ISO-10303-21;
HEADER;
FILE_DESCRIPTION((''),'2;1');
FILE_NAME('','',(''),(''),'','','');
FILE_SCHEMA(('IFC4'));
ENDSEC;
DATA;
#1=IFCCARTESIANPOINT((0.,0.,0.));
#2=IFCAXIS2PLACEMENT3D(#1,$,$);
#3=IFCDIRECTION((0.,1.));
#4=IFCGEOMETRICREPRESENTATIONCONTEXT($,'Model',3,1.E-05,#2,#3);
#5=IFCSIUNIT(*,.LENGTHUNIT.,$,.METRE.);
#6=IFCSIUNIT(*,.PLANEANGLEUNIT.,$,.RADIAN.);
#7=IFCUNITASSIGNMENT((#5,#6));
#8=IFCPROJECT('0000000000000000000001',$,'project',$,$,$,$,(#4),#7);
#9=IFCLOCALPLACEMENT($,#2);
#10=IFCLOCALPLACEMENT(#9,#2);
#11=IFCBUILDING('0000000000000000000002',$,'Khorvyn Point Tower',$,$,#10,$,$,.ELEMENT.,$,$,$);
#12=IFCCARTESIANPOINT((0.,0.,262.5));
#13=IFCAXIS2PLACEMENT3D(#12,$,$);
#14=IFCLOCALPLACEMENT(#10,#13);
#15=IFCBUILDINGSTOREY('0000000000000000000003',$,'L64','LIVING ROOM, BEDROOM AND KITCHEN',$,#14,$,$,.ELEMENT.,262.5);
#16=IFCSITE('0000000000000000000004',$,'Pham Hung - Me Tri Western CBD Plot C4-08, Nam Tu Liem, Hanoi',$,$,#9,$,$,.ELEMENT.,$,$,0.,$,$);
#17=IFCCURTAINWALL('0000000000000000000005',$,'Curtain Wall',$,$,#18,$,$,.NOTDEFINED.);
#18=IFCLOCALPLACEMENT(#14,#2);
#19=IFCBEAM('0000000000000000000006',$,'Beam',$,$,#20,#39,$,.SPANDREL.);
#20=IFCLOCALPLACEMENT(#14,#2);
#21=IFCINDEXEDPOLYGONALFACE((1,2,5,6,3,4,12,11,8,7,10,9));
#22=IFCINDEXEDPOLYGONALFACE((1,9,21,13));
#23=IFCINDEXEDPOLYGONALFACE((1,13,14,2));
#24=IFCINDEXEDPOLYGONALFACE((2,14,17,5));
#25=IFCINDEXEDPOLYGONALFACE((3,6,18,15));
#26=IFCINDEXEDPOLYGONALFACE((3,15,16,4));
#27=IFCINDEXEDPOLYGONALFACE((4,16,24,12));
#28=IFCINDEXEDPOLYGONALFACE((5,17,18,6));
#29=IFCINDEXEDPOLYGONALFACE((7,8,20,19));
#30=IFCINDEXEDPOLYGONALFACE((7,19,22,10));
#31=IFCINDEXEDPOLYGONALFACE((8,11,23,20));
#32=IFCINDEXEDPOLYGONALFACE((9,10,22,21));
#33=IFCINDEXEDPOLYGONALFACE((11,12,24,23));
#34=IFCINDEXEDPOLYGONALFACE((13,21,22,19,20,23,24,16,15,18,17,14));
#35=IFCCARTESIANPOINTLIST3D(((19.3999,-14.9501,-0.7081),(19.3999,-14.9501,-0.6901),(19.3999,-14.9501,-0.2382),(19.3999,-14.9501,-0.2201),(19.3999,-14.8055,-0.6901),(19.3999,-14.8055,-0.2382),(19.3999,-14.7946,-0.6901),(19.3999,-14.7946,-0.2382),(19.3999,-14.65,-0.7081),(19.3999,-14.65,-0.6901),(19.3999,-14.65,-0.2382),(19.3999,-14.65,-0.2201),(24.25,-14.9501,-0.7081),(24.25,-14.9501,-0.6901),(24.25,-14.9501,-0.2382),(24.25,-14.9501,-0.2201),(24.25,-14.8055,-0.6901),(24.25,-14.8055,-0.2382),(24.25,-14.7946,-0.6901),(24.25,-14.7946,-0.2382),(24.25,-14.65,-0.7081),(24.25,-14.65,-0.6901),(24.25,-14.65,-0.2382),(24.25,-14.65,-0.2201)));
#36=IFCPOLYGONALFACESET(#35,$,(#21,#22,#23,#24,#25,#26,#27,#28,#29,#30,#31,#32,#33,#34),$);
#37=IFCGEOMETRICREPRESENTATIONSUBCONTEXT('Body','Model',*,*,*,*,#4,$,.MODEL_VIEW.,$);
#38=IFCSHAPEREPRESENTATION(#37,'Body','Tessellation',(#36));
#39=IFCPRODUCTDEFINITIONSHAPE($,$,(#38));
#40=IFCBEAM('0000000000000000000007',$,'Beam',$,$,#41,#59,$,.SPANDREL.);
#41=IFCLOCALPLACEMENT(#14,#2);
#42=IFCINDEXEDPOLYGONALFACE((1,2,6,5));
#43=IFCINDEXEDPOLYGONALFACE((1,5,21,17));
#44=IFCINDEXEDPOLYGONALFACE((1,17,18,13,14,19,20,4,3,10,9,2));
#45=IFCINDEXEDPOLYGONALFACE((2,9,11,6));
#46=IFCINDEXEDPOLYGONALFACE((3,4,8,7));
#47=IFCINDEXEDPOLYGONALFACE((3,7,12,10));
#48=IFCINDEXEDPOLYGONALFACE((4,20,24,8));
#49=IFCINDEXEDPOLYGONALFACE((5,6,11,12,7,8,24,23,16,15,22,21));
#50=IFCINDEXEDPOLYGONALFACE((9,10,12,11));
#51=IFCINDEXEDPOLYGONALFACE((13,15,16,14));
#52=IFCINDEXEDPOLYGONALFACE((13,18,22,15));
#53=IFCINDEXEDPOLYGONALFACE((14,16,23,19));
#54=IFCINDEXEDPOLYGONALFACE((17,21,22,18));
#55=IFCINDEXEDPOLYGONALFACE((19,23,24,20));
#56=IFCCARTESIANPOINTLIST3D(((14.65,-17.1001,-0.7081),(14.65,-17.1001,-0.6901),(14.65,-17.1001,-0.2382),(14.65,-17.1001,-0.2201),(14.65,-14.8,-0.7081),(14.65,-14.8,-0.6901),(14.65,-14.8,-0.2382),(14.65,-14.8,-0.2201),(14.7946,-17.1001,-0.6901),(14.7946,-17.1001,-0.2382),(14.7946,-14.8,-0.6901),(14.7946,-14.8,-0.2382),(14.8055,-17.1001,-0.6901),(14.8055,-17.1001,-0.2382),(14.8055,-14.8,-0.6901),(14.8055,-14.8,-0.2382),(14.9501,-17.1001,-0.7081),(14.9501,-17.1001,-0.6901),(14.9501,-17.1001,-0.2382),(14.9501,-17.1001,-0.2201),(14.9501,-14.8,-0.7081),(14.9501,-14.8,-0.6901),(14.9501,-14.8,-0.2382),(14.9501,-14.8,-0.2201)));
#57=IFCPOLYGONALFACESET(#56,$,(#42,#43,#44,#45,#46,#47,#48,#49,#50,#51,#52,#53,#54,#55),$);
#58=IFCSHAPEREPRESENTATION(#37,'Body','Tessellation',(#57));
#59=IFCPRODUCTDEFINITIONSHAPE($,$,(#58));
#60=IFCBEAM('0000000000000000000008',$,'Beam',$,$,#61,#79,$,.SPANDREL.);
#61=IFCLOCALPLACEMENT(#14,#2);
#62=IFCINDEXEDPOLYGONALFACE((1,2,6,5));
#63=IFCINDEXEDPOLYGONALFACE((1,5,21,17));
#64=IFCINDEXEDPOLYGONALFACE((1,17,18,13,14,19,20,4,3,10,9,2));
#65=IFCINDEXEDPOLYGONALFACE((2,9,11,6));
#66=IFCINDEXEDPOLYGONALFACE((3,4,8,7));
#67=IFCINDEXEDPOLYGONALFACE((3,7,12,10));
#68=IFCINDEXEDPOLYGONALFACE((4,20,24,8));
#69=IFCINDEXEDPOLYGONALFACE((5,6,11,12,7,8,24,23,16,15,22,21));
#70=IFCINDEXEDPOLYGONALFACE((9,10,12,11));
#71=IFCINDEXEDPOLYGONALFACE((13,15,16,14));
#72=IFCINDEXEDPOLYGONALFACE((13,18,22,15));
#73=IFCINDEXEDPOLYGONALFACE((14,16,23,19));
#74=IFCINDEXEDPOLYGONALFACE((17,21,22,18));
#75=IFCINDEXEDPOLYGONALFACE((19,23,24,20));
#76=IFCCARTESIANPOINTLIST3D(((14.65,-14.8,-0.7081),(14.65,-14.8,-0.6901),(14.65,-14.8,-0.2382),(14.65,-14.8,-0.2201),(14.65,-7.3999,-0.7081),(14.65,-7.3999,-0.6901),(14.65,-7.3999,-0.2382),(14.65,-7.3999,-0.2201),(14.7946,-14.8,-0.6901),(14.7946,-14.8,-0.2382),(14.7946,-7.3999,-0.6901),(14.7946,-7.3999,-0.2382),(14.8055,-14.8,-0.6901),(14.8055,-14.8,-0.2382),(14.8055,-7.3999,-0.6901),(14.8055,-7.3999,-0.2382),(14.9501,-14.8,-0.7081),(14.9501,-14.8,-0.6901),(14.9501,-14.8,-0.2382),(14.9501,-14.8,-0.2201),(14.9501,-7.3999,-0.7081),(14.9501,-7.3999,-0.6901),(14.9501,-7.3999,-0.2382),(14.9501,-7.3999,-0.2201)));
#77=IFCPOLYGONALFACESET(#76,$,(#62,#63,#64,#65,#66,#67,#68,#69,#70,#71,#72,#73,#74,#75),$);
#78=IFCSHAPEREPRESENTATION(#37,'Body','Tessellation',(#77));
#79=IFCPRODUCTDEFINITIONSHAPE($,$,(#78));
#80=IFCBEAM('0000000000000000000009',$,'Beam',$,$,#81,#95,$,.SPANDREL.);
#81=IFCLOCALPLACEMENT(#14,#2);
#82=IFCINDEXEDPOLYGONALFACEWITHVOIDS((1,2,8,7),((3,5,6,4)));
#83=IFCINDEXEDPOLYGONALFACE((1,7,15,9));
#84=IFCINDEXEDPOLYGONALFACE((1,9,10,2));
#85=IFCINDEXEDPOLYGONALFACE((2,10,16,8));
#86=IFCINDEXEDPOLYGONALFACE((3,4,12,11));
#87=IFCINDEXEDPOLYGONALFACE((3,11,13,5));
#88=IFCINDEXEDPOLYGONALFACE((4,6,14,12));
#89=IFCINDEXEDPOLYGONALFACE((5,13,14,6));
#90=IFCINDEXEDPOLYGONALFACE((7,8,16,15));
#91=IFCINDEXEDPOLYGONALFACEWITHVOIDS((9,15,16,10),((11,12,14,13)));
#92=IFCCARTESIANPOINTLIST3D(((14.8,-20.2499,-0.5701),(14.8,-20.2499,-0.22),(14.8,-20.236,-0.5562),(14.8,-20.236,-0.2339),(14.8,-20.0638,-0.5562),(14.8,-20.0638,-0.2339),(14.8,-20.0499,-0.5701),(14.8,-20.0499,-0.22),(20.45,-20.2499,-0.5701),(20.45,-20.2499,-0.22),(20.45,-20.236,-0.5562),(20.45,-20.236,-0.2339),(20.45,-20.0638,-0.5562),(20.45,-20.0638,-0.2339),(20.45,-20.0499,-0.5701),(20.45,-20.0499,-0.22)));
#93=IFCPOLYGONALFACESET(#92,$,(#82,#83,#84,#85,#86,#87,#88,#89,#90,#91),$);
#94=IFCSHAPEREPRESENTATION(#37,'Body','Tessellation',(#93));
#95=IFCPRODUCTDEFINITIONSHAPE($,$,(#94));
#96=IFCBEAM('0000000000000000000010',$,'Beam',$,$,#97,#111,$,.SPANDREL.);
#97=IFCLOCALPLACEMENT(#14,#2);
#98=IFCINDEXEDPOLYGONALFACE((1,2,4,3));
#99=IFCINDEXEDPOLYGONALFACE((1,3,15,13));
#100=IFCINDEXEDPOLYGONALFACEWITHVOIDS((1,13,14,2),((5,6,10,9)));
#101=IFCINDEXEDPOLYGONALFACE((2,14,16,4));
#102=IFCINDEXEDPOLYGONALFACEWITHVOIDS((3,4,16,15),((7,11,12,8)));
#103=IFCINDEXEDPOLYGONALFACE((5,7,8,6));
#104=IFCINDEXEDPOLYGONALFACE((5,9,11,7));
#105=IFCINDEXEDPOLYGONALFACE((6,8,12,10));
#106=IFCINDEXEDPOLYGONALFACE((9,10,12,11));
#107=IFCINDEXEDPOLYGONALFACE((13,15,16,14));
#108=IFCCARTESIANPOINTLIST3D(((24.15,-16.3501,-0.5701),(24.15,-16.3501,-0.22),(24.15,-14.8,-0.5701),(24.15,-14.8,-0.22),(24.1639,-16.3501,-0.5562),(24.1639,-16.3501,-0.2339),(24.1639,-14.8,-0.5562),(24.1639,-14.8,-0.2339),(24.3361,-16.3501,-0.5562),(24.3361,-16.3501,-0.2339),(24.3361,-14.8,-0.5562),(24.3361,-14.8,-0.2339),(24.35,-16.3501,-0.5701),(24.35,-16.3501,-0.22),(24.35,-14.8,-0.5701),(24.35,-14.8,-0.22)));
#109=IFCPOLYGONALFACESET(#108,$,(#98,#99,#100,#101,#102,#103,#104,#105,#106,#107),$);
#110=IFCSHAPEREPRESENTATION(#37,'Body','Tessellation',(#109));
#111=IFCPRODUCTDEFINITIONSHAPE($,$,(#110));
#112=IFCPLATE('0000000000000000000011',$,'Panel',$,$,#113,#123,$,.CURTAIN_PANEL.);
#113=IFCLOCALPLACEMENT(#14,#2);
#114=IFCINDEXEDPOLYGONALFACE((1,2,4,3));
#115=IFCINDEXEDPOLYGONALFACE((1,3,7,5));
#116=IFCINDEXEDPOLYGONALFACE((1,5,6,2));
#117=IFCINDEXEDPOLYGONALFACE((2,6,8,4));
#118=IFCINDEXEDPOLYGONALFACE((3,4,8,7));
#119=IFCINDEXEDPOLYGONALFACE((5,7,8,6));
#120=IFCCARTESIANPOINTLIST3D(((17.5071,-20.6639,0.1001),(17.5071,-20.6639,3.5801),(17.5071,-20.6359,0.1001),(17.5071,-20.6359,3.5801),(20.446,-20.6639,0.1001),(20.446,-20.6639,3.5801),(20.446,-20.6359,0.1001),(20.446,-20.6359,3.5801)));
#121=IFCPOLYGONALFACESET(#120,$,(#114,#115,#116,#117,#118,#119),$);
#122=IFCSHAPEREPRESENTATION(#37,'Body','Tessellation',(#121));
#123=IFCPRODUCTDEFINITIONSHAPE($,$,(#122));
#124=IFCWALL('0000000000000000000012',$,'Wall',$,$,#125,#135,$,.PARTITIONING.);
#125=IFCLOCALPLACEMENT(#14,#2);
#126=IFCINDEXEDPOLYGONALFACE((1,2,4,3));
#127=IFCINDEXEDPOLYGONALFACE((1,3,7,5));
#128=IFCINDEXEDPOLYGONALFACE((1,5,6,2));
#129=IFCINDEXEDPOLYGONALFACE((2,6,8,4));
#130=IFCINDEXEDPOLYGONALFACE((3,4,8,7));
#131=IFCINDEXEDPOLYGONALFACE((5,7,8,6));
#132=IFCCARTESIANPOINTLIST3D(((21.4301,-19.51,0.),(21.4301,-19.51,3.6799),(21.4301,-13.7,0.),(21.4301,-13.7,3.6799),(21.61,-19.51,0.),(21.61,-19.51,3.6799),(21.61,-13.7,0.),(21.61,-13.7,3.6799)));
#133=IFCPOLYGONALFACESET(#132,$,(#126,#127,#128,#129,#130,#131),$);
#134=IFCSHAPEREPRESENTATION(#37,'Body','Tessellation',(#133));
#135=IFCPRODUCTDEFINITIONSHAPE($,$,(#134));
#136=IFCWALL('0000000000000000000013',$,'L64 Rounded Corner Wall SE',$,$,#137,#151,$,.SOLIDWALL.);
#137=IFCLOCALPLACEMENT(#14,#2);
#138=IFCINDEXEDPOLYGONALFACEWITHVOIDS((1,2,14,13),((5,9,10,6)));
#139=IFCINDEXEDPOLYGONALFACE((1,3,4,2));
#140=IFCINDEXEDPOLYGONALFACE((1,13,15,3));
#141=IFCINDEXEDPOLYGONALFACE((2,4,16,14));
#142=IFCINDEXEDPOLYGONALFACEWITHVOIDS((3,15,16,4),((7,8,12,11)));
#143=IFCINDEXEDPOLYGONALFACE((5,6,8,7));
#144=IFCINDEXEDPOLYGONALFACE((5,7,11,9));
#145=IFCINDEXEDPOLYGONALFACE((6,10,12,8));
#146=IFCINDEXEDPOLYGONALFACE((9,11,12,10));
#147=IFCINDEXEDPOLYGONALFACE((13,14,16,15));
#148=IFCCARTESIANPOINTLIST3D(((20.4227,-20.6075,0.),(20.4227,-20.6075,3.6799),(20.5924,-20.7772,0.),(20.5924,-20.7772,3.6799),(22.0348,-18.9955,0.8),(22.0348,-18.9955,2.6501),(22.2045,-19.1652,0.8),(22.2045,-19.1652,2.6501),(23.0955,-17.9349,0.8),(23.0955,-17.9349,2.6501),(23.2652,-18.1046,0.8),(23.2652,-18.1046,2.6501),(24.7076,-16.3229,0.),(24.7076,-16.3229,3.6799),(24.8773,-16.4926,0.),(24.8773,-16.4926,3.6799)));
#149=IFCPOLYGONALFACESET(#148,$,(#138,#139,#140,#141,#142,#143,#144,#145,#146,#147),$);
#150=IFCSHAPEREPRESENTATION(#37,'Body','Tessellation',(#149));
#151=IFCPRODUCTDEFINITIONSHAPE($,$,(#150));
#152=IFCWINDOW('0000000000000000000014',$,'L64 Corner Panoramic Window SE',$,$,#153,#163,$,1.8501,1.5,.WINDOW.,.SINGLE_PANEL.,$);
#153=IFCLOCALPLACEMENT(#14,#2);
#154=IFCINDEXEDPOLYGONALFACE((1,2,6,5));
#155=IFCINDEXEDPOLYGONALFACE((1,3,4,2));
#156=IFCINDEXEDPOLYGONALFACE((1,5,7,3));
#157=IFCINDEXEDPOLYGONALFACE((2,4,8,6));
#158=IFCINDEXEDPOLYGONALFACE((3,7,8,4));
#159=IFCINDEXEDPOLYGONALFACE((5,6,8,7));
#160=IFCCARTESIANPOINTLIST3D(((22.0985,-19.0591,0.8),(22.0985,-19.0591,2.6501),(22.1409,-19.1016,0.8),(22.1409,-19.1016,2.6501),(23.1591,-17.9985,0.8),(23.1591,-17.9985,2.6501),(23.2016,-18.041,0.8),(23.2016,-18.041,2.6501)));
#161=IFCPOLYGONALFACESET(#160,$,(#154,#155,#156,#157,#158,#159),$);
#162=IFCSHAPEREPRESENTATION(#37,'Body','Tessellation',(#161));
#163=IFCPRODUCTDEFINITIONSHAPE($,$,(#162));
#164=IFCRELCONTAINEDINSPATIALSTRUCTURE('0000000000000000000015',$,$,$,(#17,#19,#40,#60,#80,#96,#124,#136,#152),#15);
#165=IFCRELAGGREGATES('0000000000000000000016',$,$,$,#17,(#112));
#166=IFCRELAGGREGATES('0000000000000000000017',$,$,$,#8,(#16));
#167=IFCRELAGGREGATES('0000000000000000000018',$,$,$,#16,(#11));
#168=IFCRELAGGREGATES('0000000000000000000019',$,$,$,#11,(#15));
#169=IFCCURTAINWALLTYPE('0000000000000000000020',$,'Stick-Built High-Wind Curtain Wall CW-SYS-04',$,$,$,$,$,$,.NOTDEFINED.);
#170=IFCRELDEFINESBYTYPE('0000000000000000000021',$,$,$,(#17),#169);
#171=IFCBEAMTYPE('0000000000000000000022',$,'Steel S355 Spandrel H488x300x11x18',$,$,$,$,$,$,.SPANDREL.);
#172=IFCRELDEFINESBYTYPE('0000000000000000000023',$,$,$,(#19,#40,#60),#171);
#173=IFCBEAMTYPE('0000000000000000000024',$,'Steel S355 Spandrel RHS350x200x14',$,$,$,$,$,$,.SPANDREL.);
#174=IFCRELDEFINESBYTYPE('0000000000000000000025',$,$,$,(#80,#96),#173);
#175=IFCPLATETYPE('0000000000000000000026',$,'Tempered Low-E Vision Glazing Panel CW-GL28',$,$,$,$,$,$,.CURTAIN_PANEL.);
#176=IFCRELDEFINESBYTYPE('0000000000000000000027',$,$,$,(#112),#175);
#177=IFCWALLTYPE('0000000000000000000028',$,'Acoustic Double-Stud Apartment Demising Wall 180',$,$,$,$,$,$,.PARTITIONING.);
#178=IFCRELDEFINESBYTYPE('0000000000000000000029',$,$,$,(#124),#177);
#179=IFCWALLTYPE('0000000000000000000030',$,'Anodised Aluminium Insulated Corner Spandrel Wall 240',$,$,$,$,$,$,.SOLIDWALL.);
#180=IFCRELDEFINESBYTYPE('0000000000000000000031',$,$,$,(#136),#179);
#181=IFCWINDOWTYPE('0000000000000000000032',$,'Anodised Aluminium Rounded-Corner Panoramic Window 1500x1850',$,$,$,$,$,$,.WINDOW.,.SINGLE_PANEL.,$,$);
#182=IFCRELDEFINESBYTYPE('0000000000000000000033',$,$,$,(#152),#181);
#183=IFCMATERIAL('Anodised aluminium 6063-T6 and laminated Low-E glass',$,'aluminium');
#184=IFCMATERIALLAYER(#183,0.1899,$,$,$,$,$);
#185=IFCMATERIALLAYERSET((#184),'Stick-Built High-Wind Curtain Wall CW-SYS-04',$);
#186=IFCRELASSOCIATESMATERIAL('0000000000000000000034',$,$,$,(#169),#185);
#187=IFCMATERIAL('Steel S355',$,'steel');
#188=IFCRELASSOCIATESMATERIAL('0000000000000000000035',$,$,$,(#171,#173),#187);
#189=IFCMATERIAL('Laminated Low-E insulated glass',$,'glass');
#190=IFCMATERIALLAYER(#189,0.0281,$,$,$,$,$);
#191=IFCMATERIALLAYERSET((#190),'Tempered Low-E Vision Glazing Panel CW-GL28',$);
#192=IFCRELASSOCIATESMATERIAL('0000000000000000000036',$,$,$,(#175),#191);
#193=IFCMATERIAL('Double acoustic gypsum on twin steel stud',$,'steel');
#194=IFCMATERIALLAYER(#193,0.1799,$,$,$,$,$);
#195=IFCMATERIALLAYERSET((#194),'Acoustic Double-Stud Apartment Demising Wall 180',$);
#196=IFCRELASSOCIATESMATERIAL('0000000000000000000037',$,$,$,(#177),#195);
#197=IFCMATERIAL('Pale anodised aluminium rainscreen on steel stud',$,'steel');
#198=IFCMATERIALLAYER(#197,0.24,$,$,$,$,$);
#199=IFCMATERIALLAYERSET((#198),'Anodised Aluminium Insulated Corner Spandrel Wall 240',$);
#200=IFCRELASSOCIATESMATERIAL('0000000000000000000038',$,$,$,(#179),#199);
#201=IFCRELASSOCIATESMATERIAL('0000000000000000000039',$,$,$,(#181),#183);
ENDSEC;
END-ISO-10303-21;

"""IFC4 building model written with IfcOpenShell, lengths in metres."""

from ifc_helpers import new_model, si_unit, direction, frame, frame_2d, origin, origin_2d, place, context, subcontext, project, spatial, rectangle, hollow_rectangle, i_section, extrude, material, layer, layer_set, material_profile, profile_set, type_object, element, fill, aggregate, save


model = new_model("IFC4")

# Units and contexts
model_context = context("Model", 3, precision=1e-05, world=origin(), true_north=direction((0.0, 1.0)))
body_context = subcontext(model_context, "Body", "Model", "MODEL_VIEW")
ifc_project = project(units=[si_unit("LENGTHUNIT", "METRE"), si_unit("PLANEANGLEUNIT", "RADIAN")], contexts=[model_context])

# Site, building, storey
site_placement = place(None, origin())
site = spatial("IfcSite", under=ifc_project, at=site_placement, Name="Pham Hung - Me Tri Western CBD Plot C4-08, Nam Tu Liem, Hanoi", CompositionType="ELEMENT", RefElevation=0.0)
building_placement = place(site_placement, origin())
building = spatial("IfcBuilding", under=site, at=building_placement, Name="Khorvyn Point Tower", CompositionType="ELEMENT")
storey_placement = place(building_placement, frame((0.0, 0.0, 262.5)))
storey = spatial("IfcBuildingStorey", under=building, at=storey_placement, Name="L64", Description="LIVING ROOM, BEDROOM AND KITCHEN", CompositionType="ELEMENT", Elevation=262.5)

# Shared definitions
ifc_material_1 = material(Name="Steel S355", Category="steel")

# Curtain wall
ifc_material_2 = material(Name="Anodised aluminium 6063-T6 and laminated Low-E glass", Category="aluminium")
ifc_layer_1 = layer(ifc_material_2, 0.1899)
ifc_layer_set_1 = layer_set([ifc_layer_1], Name="Stick-Built High-Wind Curtain Wall CW-SYS-04")
curtain_wall_type = type_object("IfcCurtainWallType", Name="Stick-Built High-Wind Curtain Wall CW-SYS-04", PredefinedType="NOTDEFINED", material=ifc_layer_set_1)
curtain_wall_1_placement = place(storey_placement, origin())
curtain_wall_1 = element("IfcCurtainWall", 1, at=curtain_wall_1_placement, inside=storey, type_object=curtain_wall_type, Name="Curtain Wall", PredefinedType="NOTDEFINED")

# Beams
ifc_material_profile_1 = material_profile(ifc_material_1, i_section(OverallWidth=0.3, OverallDepth=0.488, WebThickness=0.011, FlangeThickness=0.0181, at=origin_2d()))
ifc_profile_set_1 = profile_set([ifc_material_profile_1], Name="Steel S355 H488x300x11x18")
beam_type_1 = type_object("IfcBeamType", Name="Steel S355 Spandrel H488x300x11x18", PredefinedType="SPANDREL", material=ifc_profile_set_1)
beam_1_placement = place(storey_placement, frame((19.3999, -14.8, -0.4641), z_axis=(1.0, 0.0, 0.0), x_axis=(0.0, 1.0, 0.0)))
element("IfcBeam", 2, at=beam_1_placement, inside=storey, type_object=beam_type_1, Name="Beam", PredefinedType="SPANDREL", context=body_context, shape_type="SweptSolid", body=[
    extrude(i_section(OverallWidth=0.3, OverallDepth=0.488, WebThickness=0.011, FlangeThickness=0.0181, at=origin_2d()), origin(), (0.0, 0.0, 1.0), 4.8501),
])
beam_2_placement = place(storey_placement, frame((14.8, -17.1001, -0.4641), z_axis=(0.0, 1.0, 0.0), x_axis=(-1.0, 0.0, 0.0)))
element("IfcBeam", 3, at=beam_2_placement, inside=storey, type_object=beam_type_1, Name="Beam", PredefinedType="SPANDREL", context=body_context, shape_type="SweptSolid", body=[
    extrude(i_section(OverallWidth=0.3, OverallDepth=0.488, WebThickness=0.011, FlangeThickness=0.0181, at=origin_2d()), origin(), (0.0, 0.0, 1.0), 2.3),
])
beam_3_placement = place(storey_placement, frame((14.8, -14.8, -0.4641), z_axis=(0.0, 1.0, 0.0), x_axis=(-1.0, 0.0, 0.0)))
element("IfcBeam", 4, at=beam_3_placement, inside=storey, type_object=beam_type_1, Name="Beam", PredefinedType="SPANDREL", context=body_context, shape_type="SweptSolid", body=[
    extrude(i_section(OverallWidth=0.3, OverallDepth=0.488, WebThickness=0.011, FlangeThickness=0.0181, at=origin_2d()), origin(), (0.0, 0.0, 1.0), 7.4001),
])
ifc_material_profile_2 = material_profile(ifc_material_1, hollow_rectangle(XDim=0.2, YDim=0.3501, WallThickness=0.0139, at=origin_2d()))
ifc_profile_set_2 = profile_set([ifc_material_profile_2], Name="Steel S355 RHS350x200x14")
beam_type_2 = type_object("IfcBeamType", Name="Steel S355 Spandrel RHS350x200x14", PredefinedType="SPANDREL", material=ifc_profile_set_2)
beam_4_placement = place(storey_placement, frame((14.8, -20.1499, -0.395), z_axis=(1.0, 0.0, 0.0), x_axis=(0.0, 1.0, 0.0)))
element("IfcBeam", 5, at=beam_4_placement, inside=storey, type_object=beam_type_2, Name="Beam", PredefinedType="SPANDREL", context=body_context, shape_type="SweptSolid", body=[
    extrude(hollow_rectangle(XDim=0.2, YDim=0.3501, WallThickness=0.0139, at=origin_2d()), origin(), (0.0, 0.0, 1.0), 5.6499),
])
beam_5_placement = place(storey_placement, frame((24.25, -16.3501, -0.395), z_axis=(0.0, 1.0, 0.0), x_axis=(-1.0, 0.0, 0.0)))
element("IfcBeam", 6, at=beam_5_placement, inside=storey, type_object=beam_type_2, Name="Beam", PredefinedType="SPANDREL", context=body_context, shape_type="SweptSolid", body=[
    extrude(hollow_rectangle(XDim=0.2, YDim=0.3501, WallThickness=0.0139, at=origin_2d()), origin(), (0.0, 0.0, 1.0), 1.55),
])

# Plate
ifc_material_3 = material(Name="Laminated Low-E insulated glass", Category="glass")
ifc_layer_2 = layer(ifc_material_3, 0.0281)
ifc_layer_set_2 = layer_set([ifc_layer_2], Name="Tempered Low-E Vision Glazing Panel CW-GL28")
plate_type = type_object("IfcPlateType", Name="Tempered Low-E Vision Glazing Panel CW-GL28", PredefinedType="CURTAIN_PANEL", material=ifc_layer_set_2)
plate_placement = place(storey_placement, frame((18.9766, -20.6499, 0.1001), z_axis=(0.0, 0.0, 1.0), x_axis=(-1.0, 0.0, 0.0)))
plate = element("IfcPlate", 7, at=plate_placement, type_object=plate_type, Name="Panel", PredefinedType="CURTAIN_PANEL", context=body_context, shape_type="SweptSolid", body=[
    extrude(rectangle(XDim=2.939, YDim=0.0281, at=origin_2d()), origin(), (0.0, 0.0, 1.0), 3.48),
])
aggregate(curtain_wall_1, [plate])

# Wall
ifc_material_4 = material(Name="Double acoustic gypsum on twin steel stud", Category="steel")
ifc_layer_3 = layer(ifc_material_4, 0.1799)
ifc_layer_set_3 = layer_set([ifc_layer_3], Name="Acoustic Double-Stud Apartment Demising Wall 180")
wall_type_1 = type_object("IfcWallType", Name="Acoustic Double-Stud Apartment Demising Wall 180", PredefinedType="PARTITIONING", material=ifc_layer_set_3)
wall_1_placement = place(storey_placement, frame((21.52, -19.51, 0.0), z_axis=(0.0, 0.0, 1.0), x_axis=(0.0, 1.0, 0.0)))
element("IfcWall", 8, at=wall_1_placement, inside=storey, type_object=wall_type_1, Name="Wall", PredefinedType="PARTITIONING", context=body_context, shape_type="SweptSolid", body=[
    extrude(rectangle(XDim=5.8101, YDim=0.1799, at=frame_2d((2.905, 0.0))), origin(), (0.0, 0.0, 1.0), 3.6799),
])

# Wall, opening, window
ifc_material_5 = material(Name="Pale anodised aluminium rainscreen on steel stud", Category="steel")
ifc_layer_4 = layer(ifc_material_5, 0.24)
ifc_layer_set_4 = layer_set([ifc_layer_4], Name="Anodised Aluminium Insulated Corner Spandrel Wall 240")
wall_type_2 = type_object("IfcWallType", Name="Anodised Aluminium Insulated Corner Spandrel Wall 240", PredefinedType="SOLIDWALL", material=ifc_layer_set_4)
wall_2_placement = place(storey_placement, frame((24.7925, -16.4077, 0.0), z_axis=(0.0, 0.0, 1.0), x_axis=(-0.707127, -0.707087, 0.0)))
wall_2 = element("IfcWall", 9, at=wall_2_placement, inside=storey, type_object=wall_type_2, Name="L64 Rounded Corner Wall SE", PredefinedType="SOLIDWALL", context=body_context, shape_type="SweptSolid", body=[
    extrude(rectangle(XDim=6.0596, YDim=0.24, at=frame_2d((3.0298, 0.0))), origin(), (0.0, 0.0, 1.0), 3.6799),
])
opening_1_placement = place(wall_2_placement, frame((2.2798, 0.0, 0.8)))
opening_1 = element("IfcOpeningElement", 10, at=opening_1_placement, cuts=wall_2, PredefinedType="OPENING", context=body_context, shape_type="SweptSolid", body=[
    extrude(rectangle(XDim=1.5, YDim=1.8501, at=frame_2d((0.75, 0.925))), frame((0.0, 0.1299, 0.0), z_axis=(0.0, -1.0, 0.0), x_axis=(1.0, 0.0, 0.0)), (0.0, 0.0, 1.0), 0.26),
])
window_type = type_object("IfcWindowType", Name="Anodised Aluminium Rounded-Corner Panoramic Window 1500x1850", PartitioningType="SINGLE_PANEL", PredefinedType="WINDOW", material=ifc_material_2)
window_placement = place(opening_1_placement, origin())
window = element("IfcWindow", 11, at=window_placement, inside=storey, type_object=window_type, Name="L64 Corner Panoramic Window SE", OverallHeight=1.8501, OverallWidth=1.5, PartitioningType="SINGLE_PANEL", PredefinedType="WINDOW", context=body_context, shape_type="SweptSolid", body=[
    extrude(rectangle(XDim=1.5, YDim=1.8501, at=frame_2d((0.75, 0.925))), frame((0.0, 0.03, 0.0), z_axis=(0.0, -1.0, 0.0), x_axis=(1.0, 0.0, 0.0)), (0.0, 0.0, 1.0), 0.0601),
])
fill(opening_1, window)

save(model, "model.ifc")
